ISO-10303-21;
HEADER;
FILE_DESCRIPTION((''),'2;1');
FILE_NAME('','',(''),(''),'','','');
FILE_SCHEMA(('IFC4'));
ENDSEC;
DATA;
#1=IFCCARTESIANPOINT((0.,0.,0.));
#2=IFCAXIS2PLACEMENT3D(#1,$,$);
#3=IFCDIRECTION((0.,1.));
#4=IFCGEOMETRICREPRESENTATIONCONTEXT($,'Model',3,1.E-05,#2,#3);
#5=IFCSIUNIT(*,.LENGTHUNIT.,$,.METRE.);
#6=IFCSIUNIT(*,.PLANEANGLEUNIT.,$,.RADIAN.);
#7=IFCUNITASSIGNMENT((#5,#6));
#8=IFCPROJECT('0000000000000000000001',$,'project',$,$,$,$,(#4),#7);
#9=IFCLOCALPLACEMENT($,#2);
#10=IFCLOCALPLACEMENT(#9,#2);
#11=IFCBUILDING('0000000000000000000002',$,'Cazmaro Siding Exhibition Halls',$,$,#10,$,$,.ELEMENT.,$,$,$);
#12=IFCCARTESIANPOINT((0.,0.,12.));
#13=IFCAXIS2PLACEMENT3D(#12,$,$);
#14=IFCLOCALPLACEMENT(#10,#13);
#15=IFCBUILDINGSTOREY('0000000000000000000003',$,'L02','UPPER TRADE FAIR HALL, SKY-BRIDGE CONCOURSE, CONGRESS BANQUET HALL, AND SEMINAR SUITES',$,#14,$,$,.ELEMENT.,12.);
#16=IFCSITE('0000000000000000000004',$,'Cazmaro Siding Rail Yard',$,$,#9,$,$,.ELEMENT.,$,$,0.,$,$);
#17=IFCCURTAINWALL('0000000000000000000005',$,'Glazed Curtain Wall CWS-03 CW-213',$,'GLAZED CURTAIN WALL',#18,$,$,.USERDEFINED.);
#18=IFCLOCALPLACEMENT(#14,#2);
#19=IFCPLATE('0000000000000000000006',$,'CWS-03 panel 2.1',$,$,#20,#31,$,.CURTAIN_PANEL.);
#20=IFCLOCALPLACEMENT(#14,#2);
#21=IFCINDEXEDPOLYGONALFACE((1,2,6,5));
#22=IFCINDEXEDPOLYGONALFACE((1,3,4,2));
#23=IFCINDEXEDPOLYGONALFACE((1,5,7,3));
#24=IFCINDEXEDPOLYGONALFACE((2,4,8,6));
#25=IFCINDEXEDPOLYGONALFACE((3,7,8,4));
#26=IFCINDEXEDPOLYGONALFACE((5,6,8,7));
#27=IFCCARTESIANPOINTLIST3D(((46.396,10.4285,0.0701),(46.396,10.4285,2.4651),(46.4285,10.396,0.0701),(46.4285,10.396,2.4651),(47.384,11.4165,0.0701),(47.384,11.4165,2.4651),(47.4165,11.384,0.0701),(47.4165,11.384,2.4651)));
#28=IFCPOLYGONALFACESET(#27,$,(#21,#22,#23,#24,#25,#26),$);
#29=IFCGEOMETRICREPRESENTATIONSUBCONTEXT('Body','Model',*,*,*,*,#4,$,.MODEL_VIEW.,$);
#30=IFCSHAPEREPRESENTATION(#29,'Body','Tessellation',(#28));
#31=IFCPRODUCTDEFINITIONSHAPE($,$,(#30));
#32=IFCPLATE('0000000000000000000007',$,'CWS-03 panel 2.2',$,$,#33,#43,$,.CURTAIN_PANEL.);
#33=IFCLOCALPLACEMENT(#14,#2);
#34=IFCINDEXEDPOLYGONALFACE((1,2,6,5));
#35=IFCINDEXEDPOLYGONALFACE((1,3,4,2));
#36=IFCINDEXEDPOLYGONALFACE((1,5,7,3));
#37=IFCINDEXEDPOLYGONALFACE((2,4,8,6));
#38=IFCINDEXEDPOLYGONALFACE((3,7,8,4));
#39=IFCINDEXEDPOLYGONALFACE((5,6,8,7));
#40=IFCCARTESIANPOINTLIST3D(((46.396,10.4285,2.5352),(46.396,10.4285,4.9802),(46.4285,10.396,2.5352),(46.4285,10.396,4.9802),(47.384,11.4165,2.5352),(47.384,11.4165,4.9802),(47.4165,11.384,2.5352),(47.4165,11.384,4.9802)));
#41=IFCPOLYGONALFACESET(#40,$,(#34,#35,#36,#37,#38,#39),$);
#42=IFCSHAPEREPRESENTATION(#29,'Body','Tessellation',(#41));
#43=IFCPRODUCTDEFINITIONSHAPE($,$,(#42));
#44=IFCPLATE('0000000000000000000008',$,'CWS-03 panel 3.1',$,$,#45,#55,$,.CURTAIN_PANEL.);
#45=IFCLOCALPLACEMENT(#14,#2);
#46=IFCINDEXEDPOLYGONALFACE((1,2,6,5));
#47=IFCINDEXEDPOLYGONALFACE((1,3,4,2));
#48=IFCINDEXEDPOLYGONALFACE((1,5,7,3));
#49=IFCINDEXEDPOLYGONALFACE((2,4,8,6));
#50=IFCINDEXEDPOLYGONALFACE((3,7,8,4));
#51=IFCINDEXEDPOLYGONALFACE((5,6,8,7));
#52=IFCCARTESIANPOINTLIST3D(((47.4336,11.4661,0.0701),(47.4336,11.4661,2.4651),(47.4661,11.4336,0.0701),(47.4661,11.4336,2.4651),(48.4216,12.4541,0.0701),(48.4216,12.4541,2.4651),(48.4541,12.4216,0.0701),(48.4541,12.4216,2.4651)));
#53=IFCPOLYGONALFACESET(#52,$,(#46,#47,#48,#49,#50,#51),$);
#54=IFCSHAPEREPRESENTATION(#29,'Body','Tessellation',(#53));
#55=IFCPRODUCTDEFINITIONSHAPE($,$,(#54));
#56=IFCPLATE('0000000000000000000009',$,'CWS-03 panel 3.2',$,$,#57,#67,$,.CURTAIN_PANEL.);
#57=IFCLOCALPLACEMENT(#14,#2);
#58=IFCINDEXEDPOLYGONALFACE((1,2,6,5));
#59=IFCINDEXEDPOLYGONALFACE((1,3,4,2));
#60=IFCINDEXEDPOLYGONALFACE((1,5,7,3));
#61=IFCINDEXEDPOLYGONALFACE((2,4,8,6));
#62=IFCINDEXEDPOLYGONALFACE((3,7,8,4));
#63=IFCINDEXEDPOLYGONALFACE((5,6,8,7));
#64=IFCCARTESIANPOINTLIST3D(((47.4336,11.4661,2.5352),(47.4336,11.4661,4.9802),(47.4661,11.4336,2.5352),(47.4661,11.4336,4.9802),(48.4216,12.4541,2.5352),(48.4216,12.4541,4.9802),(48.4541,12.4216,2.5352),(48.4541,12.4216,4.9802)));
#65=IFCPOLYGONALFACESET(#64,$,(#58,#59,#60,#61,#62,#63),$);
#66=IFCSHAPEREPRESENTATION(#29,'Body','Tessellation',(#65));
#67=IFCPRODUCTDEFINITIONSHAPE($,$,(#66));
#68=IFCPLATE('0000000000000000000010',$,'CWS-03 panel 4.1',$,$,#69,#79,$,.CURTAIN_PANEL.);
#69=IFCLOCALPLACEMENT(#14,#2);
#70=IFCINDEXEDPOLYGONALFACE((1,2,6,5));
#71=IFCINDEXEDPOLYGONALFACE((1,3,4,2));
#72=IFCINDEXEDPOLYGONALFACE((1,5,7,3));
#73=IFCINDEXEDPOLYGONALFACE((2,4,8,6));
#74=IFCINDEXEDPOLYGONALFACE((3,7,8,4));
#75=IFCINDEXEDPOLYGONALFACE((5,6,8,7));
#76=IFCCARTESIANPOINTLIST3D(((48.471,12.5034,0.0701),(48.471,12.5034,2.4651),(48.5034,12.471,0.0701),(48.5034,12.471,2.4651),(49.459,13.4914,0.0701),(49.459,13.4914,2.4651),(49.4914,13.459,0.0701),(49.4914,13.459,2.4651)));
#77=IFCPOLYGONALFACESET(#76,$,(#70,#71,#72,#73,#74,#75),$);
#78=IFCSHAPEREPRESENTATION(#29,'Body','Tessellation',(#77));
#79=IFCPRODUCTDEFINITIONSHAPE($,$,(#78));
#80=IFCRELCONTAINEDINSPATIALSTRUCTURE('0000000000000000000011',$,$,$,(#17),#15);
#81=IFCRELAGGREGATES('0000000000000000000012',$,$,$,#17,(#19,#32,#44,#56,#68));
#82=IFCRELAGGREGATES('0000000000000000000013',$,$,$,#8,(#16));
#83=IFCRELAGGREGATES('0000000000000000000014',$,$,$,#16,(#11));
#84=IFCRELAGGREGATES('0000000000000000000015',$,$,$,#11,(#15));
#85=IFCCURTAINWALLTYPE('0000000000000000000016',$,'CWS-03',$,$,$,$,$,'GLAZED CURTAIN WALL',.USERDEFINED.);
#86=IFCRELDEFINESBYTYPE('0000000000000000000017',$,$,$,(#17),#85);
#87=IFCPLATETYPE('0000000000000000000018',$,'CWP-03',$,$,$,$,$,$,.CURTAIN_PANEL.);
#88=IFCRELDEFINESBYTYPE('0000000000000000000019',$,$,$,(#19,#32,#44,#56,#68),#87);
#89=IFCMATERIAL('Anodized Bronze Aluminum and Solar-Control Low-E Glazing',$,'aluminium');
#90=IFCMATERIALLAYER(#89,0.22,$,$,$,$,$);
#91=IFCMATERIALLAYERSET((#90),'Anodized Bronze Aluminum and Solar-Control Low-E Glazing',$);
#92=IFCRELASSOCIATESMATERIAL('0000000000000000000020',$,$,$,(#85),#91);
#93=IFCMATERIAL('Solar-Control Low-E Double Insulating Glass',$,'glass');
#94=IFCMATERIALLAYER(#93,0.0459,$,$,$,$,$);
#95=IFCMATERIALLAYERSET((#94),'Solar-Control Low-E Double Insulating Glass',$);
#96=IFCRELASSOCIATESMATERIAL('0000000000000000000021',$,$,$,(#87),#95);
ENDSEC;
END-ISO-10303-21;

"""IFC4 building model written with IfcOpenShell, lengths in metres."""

from ifc_helpers import new_model, si_unit, direction, frame, origin, origin_2d, place, context, subcontext, project, spatial, rectangle, extrude, material, layer, layer_set, type_object, element, aggregate, save


model = new_model("IFC4")

# Units and contexts
model_context = context("Model", 3, precision=1e-05, world=origin(), true_north=direction((0.0, 1.0)))
body_context = subcontext(model_context, "Body", "Model", "MODEL_VIEW")
ifc_project = project(units=[si_unit("LENGTHUNIT", "METRE"), si_unit("PLANEANGLEUNIT", "RADIAN")], contexts=[model_context])

# Site, building, storey
site_placement = place(None, origin())
site = spatial("IfcSite", under=ifc_project, at=site_placement, Name="Cazmaro Siding Rail Yard", CompositionType="ELEMENT", RefElevation=0.0)
building_placement = place(site_placement, origin())
building = spatial("IfcBuilding", under=site, at=building_placement, Name="Cazmaro Siding Exhibition Halls", CompositionType="ELEMENT")
storey_placement = place(building_placement, frame((0.0, 0.0, 12.0)))
storey = spatial("IfcBuildingStorey", under=building, at=storey_placement, Name="L02", Description="UPPER TRADE FAIR HALL, SKY-BRIDGE CONCOURSE, CONGRESS BANQUET HALL, AND SEMINAR SUITES", CompositionType="ELEMENT", Elevation=12.0)

# Curtain wall, plates
ifc_material_1 = material(Name="Anodized Bronze Aluminum and Solar-Control Low-E Glazing", Category="aluminium")
ifc_layer_1 = layer(ifc_material_1, 0.22)
ifc_layer_set_1 = layer_set([ifc_layer_1], Name="Anodized Bronze Aluminum and Solar-Control Low-E Glazing")
curtain_wall_type = type_object("IfcCurtainWallType", Name="CWS-03", ElementType="GLAZED CURTAIN WALL", PredefinedType="USERDEFINED", material=ifc_layer_set_1)
curtain_wall_placement = place(storey_placement, origin())
curtain_wall = element("IfcCurtainWall", 1, at=curtain_wall_placement, inside=storey, type_object=curtain_wall_type, Name="Glazed Curtain Wall CWS-03 CW-213", ObjectType="GLAZED CURTAIN WALL", PredefinedType="USERDEFINED")
ifc_material_2 = material(Name="Solar-Control Low-E Double Insulating Glass", Category="glass")
ifc_layer_2 = layer(ifc_material_2, 0.0459)
ifc_layer_set_2 = layer_set([ifc_layer_2], Name="Solar-Control Low-E Double Insulating Glass")
plate_type = type_object("IfcPlateType", Name="CWP-03", PredefinedType="CURTAIN_PANEL", material=ifc_layer_set_2)
plate_1_placement = place(storey_placement, frame((46.9062, 10.9062, 0.0701), z_axis=(0.0, 0.0, 1.0), x_axis=(0.707107, 0.707107, 0.0)))
plate_1 = element("IfcPlate", 2, at=plate_1_placement, type_object=plate_type, Name="CWS-03 panel 2.1", PredefinedType="CURTAIN_PANEL", context=body_context, shape_type="SweptSolid", body=[
    extrude(rectangle(XDim=1.3972, YDim=0.0459, at=origin_2d()), origin(), (0.0, 0.0, 1.0), 2.395),
])
plate_2_placement = place(storey_placement, frame((46.9062, 10.9062, 2.5352), z_axis=(0.0, 0.0, 1.0), x_axis=(0.707107, 0.707107, 0.0)))
plate_2 = element("IfcPlate", 3, at=plate_2_placement, type_object=plate_type, Name="CWS-03 panel 2.2", PredefinedType="CURTAIN_PANEL", context=body_context, shape_type="SweptSolid", body=[
    extrude(rectangle(XDim=1.3972, YDim=0.0459, at=origin_2d()), origin(), (0.0, 0.0, 1.0), 2.4451),
])
plate_3_placement = place(storey_placement, frame((47.9438, 11.9438, 0.0701), z_axis=(0.0, 0.0, 1.0), x_axis=(0.707107, 0.707107, 0.0)))
plate_3 = element("IfcPlate", 4, at=plate_3_placement, type_object=plate_type, Name="CWS-03 panel 3.1", PredefinedType="CURTAIN_PANEL", context=body_context, shape_type="SweptSolid", body=[
    extrude(rectangle(XDim=1.3972, YDim=0.0459, at=origin_2d()), origin(), (0.0, 0.0, 1.0), 2.395),
])
plate_4_placement = place(storey_placement, frame((47.9438, 11.9438, 2.5352), z_axis=(0.0, 0.0, 1.0), x_axis=(0.707107, 0.707107, 0.0)))
plate_4 = element("IfcPlate", 5, at=plate_4_placement, type_object=plate_type, Name="CWS-03 panel 3.2", PredefinedType="CURTAIN_PANEL", context=body_context, shape_type="SweptSolid", body=[
    extrude(rectangle(XDim=1.3972, YDim=0.0459, at=origin_2d()), origin(), (0.0, 0.0, 1.0), 2.4451),
])
plate_5_placement = place(storey_placement, frame((48.9812, 12.9812, 0.0701), z_axis=(0.0, 0.0, 1.0), x_axis=(0.707107, 0.707107, 0.0)))
plate_5 = element("IfcPlate", 6, at=plate_5_placement, type_object=plate_type, Name="CWS-03 panel 4.1", PredefinedType="CURTAIN_PANEL", context=body_context, shape_type="SweptSolid", body=[
    extrude(rectangle(XDim=1.3972, YDim=0.0459, at=origin_2d()), origin(), (0.0, 0.0, 1.0), 2.395),
])
aggregate(curtain_wall, [plate_1, plate_2, plate_3, plate_4, plate_5])

save(model, "model.ifc")
